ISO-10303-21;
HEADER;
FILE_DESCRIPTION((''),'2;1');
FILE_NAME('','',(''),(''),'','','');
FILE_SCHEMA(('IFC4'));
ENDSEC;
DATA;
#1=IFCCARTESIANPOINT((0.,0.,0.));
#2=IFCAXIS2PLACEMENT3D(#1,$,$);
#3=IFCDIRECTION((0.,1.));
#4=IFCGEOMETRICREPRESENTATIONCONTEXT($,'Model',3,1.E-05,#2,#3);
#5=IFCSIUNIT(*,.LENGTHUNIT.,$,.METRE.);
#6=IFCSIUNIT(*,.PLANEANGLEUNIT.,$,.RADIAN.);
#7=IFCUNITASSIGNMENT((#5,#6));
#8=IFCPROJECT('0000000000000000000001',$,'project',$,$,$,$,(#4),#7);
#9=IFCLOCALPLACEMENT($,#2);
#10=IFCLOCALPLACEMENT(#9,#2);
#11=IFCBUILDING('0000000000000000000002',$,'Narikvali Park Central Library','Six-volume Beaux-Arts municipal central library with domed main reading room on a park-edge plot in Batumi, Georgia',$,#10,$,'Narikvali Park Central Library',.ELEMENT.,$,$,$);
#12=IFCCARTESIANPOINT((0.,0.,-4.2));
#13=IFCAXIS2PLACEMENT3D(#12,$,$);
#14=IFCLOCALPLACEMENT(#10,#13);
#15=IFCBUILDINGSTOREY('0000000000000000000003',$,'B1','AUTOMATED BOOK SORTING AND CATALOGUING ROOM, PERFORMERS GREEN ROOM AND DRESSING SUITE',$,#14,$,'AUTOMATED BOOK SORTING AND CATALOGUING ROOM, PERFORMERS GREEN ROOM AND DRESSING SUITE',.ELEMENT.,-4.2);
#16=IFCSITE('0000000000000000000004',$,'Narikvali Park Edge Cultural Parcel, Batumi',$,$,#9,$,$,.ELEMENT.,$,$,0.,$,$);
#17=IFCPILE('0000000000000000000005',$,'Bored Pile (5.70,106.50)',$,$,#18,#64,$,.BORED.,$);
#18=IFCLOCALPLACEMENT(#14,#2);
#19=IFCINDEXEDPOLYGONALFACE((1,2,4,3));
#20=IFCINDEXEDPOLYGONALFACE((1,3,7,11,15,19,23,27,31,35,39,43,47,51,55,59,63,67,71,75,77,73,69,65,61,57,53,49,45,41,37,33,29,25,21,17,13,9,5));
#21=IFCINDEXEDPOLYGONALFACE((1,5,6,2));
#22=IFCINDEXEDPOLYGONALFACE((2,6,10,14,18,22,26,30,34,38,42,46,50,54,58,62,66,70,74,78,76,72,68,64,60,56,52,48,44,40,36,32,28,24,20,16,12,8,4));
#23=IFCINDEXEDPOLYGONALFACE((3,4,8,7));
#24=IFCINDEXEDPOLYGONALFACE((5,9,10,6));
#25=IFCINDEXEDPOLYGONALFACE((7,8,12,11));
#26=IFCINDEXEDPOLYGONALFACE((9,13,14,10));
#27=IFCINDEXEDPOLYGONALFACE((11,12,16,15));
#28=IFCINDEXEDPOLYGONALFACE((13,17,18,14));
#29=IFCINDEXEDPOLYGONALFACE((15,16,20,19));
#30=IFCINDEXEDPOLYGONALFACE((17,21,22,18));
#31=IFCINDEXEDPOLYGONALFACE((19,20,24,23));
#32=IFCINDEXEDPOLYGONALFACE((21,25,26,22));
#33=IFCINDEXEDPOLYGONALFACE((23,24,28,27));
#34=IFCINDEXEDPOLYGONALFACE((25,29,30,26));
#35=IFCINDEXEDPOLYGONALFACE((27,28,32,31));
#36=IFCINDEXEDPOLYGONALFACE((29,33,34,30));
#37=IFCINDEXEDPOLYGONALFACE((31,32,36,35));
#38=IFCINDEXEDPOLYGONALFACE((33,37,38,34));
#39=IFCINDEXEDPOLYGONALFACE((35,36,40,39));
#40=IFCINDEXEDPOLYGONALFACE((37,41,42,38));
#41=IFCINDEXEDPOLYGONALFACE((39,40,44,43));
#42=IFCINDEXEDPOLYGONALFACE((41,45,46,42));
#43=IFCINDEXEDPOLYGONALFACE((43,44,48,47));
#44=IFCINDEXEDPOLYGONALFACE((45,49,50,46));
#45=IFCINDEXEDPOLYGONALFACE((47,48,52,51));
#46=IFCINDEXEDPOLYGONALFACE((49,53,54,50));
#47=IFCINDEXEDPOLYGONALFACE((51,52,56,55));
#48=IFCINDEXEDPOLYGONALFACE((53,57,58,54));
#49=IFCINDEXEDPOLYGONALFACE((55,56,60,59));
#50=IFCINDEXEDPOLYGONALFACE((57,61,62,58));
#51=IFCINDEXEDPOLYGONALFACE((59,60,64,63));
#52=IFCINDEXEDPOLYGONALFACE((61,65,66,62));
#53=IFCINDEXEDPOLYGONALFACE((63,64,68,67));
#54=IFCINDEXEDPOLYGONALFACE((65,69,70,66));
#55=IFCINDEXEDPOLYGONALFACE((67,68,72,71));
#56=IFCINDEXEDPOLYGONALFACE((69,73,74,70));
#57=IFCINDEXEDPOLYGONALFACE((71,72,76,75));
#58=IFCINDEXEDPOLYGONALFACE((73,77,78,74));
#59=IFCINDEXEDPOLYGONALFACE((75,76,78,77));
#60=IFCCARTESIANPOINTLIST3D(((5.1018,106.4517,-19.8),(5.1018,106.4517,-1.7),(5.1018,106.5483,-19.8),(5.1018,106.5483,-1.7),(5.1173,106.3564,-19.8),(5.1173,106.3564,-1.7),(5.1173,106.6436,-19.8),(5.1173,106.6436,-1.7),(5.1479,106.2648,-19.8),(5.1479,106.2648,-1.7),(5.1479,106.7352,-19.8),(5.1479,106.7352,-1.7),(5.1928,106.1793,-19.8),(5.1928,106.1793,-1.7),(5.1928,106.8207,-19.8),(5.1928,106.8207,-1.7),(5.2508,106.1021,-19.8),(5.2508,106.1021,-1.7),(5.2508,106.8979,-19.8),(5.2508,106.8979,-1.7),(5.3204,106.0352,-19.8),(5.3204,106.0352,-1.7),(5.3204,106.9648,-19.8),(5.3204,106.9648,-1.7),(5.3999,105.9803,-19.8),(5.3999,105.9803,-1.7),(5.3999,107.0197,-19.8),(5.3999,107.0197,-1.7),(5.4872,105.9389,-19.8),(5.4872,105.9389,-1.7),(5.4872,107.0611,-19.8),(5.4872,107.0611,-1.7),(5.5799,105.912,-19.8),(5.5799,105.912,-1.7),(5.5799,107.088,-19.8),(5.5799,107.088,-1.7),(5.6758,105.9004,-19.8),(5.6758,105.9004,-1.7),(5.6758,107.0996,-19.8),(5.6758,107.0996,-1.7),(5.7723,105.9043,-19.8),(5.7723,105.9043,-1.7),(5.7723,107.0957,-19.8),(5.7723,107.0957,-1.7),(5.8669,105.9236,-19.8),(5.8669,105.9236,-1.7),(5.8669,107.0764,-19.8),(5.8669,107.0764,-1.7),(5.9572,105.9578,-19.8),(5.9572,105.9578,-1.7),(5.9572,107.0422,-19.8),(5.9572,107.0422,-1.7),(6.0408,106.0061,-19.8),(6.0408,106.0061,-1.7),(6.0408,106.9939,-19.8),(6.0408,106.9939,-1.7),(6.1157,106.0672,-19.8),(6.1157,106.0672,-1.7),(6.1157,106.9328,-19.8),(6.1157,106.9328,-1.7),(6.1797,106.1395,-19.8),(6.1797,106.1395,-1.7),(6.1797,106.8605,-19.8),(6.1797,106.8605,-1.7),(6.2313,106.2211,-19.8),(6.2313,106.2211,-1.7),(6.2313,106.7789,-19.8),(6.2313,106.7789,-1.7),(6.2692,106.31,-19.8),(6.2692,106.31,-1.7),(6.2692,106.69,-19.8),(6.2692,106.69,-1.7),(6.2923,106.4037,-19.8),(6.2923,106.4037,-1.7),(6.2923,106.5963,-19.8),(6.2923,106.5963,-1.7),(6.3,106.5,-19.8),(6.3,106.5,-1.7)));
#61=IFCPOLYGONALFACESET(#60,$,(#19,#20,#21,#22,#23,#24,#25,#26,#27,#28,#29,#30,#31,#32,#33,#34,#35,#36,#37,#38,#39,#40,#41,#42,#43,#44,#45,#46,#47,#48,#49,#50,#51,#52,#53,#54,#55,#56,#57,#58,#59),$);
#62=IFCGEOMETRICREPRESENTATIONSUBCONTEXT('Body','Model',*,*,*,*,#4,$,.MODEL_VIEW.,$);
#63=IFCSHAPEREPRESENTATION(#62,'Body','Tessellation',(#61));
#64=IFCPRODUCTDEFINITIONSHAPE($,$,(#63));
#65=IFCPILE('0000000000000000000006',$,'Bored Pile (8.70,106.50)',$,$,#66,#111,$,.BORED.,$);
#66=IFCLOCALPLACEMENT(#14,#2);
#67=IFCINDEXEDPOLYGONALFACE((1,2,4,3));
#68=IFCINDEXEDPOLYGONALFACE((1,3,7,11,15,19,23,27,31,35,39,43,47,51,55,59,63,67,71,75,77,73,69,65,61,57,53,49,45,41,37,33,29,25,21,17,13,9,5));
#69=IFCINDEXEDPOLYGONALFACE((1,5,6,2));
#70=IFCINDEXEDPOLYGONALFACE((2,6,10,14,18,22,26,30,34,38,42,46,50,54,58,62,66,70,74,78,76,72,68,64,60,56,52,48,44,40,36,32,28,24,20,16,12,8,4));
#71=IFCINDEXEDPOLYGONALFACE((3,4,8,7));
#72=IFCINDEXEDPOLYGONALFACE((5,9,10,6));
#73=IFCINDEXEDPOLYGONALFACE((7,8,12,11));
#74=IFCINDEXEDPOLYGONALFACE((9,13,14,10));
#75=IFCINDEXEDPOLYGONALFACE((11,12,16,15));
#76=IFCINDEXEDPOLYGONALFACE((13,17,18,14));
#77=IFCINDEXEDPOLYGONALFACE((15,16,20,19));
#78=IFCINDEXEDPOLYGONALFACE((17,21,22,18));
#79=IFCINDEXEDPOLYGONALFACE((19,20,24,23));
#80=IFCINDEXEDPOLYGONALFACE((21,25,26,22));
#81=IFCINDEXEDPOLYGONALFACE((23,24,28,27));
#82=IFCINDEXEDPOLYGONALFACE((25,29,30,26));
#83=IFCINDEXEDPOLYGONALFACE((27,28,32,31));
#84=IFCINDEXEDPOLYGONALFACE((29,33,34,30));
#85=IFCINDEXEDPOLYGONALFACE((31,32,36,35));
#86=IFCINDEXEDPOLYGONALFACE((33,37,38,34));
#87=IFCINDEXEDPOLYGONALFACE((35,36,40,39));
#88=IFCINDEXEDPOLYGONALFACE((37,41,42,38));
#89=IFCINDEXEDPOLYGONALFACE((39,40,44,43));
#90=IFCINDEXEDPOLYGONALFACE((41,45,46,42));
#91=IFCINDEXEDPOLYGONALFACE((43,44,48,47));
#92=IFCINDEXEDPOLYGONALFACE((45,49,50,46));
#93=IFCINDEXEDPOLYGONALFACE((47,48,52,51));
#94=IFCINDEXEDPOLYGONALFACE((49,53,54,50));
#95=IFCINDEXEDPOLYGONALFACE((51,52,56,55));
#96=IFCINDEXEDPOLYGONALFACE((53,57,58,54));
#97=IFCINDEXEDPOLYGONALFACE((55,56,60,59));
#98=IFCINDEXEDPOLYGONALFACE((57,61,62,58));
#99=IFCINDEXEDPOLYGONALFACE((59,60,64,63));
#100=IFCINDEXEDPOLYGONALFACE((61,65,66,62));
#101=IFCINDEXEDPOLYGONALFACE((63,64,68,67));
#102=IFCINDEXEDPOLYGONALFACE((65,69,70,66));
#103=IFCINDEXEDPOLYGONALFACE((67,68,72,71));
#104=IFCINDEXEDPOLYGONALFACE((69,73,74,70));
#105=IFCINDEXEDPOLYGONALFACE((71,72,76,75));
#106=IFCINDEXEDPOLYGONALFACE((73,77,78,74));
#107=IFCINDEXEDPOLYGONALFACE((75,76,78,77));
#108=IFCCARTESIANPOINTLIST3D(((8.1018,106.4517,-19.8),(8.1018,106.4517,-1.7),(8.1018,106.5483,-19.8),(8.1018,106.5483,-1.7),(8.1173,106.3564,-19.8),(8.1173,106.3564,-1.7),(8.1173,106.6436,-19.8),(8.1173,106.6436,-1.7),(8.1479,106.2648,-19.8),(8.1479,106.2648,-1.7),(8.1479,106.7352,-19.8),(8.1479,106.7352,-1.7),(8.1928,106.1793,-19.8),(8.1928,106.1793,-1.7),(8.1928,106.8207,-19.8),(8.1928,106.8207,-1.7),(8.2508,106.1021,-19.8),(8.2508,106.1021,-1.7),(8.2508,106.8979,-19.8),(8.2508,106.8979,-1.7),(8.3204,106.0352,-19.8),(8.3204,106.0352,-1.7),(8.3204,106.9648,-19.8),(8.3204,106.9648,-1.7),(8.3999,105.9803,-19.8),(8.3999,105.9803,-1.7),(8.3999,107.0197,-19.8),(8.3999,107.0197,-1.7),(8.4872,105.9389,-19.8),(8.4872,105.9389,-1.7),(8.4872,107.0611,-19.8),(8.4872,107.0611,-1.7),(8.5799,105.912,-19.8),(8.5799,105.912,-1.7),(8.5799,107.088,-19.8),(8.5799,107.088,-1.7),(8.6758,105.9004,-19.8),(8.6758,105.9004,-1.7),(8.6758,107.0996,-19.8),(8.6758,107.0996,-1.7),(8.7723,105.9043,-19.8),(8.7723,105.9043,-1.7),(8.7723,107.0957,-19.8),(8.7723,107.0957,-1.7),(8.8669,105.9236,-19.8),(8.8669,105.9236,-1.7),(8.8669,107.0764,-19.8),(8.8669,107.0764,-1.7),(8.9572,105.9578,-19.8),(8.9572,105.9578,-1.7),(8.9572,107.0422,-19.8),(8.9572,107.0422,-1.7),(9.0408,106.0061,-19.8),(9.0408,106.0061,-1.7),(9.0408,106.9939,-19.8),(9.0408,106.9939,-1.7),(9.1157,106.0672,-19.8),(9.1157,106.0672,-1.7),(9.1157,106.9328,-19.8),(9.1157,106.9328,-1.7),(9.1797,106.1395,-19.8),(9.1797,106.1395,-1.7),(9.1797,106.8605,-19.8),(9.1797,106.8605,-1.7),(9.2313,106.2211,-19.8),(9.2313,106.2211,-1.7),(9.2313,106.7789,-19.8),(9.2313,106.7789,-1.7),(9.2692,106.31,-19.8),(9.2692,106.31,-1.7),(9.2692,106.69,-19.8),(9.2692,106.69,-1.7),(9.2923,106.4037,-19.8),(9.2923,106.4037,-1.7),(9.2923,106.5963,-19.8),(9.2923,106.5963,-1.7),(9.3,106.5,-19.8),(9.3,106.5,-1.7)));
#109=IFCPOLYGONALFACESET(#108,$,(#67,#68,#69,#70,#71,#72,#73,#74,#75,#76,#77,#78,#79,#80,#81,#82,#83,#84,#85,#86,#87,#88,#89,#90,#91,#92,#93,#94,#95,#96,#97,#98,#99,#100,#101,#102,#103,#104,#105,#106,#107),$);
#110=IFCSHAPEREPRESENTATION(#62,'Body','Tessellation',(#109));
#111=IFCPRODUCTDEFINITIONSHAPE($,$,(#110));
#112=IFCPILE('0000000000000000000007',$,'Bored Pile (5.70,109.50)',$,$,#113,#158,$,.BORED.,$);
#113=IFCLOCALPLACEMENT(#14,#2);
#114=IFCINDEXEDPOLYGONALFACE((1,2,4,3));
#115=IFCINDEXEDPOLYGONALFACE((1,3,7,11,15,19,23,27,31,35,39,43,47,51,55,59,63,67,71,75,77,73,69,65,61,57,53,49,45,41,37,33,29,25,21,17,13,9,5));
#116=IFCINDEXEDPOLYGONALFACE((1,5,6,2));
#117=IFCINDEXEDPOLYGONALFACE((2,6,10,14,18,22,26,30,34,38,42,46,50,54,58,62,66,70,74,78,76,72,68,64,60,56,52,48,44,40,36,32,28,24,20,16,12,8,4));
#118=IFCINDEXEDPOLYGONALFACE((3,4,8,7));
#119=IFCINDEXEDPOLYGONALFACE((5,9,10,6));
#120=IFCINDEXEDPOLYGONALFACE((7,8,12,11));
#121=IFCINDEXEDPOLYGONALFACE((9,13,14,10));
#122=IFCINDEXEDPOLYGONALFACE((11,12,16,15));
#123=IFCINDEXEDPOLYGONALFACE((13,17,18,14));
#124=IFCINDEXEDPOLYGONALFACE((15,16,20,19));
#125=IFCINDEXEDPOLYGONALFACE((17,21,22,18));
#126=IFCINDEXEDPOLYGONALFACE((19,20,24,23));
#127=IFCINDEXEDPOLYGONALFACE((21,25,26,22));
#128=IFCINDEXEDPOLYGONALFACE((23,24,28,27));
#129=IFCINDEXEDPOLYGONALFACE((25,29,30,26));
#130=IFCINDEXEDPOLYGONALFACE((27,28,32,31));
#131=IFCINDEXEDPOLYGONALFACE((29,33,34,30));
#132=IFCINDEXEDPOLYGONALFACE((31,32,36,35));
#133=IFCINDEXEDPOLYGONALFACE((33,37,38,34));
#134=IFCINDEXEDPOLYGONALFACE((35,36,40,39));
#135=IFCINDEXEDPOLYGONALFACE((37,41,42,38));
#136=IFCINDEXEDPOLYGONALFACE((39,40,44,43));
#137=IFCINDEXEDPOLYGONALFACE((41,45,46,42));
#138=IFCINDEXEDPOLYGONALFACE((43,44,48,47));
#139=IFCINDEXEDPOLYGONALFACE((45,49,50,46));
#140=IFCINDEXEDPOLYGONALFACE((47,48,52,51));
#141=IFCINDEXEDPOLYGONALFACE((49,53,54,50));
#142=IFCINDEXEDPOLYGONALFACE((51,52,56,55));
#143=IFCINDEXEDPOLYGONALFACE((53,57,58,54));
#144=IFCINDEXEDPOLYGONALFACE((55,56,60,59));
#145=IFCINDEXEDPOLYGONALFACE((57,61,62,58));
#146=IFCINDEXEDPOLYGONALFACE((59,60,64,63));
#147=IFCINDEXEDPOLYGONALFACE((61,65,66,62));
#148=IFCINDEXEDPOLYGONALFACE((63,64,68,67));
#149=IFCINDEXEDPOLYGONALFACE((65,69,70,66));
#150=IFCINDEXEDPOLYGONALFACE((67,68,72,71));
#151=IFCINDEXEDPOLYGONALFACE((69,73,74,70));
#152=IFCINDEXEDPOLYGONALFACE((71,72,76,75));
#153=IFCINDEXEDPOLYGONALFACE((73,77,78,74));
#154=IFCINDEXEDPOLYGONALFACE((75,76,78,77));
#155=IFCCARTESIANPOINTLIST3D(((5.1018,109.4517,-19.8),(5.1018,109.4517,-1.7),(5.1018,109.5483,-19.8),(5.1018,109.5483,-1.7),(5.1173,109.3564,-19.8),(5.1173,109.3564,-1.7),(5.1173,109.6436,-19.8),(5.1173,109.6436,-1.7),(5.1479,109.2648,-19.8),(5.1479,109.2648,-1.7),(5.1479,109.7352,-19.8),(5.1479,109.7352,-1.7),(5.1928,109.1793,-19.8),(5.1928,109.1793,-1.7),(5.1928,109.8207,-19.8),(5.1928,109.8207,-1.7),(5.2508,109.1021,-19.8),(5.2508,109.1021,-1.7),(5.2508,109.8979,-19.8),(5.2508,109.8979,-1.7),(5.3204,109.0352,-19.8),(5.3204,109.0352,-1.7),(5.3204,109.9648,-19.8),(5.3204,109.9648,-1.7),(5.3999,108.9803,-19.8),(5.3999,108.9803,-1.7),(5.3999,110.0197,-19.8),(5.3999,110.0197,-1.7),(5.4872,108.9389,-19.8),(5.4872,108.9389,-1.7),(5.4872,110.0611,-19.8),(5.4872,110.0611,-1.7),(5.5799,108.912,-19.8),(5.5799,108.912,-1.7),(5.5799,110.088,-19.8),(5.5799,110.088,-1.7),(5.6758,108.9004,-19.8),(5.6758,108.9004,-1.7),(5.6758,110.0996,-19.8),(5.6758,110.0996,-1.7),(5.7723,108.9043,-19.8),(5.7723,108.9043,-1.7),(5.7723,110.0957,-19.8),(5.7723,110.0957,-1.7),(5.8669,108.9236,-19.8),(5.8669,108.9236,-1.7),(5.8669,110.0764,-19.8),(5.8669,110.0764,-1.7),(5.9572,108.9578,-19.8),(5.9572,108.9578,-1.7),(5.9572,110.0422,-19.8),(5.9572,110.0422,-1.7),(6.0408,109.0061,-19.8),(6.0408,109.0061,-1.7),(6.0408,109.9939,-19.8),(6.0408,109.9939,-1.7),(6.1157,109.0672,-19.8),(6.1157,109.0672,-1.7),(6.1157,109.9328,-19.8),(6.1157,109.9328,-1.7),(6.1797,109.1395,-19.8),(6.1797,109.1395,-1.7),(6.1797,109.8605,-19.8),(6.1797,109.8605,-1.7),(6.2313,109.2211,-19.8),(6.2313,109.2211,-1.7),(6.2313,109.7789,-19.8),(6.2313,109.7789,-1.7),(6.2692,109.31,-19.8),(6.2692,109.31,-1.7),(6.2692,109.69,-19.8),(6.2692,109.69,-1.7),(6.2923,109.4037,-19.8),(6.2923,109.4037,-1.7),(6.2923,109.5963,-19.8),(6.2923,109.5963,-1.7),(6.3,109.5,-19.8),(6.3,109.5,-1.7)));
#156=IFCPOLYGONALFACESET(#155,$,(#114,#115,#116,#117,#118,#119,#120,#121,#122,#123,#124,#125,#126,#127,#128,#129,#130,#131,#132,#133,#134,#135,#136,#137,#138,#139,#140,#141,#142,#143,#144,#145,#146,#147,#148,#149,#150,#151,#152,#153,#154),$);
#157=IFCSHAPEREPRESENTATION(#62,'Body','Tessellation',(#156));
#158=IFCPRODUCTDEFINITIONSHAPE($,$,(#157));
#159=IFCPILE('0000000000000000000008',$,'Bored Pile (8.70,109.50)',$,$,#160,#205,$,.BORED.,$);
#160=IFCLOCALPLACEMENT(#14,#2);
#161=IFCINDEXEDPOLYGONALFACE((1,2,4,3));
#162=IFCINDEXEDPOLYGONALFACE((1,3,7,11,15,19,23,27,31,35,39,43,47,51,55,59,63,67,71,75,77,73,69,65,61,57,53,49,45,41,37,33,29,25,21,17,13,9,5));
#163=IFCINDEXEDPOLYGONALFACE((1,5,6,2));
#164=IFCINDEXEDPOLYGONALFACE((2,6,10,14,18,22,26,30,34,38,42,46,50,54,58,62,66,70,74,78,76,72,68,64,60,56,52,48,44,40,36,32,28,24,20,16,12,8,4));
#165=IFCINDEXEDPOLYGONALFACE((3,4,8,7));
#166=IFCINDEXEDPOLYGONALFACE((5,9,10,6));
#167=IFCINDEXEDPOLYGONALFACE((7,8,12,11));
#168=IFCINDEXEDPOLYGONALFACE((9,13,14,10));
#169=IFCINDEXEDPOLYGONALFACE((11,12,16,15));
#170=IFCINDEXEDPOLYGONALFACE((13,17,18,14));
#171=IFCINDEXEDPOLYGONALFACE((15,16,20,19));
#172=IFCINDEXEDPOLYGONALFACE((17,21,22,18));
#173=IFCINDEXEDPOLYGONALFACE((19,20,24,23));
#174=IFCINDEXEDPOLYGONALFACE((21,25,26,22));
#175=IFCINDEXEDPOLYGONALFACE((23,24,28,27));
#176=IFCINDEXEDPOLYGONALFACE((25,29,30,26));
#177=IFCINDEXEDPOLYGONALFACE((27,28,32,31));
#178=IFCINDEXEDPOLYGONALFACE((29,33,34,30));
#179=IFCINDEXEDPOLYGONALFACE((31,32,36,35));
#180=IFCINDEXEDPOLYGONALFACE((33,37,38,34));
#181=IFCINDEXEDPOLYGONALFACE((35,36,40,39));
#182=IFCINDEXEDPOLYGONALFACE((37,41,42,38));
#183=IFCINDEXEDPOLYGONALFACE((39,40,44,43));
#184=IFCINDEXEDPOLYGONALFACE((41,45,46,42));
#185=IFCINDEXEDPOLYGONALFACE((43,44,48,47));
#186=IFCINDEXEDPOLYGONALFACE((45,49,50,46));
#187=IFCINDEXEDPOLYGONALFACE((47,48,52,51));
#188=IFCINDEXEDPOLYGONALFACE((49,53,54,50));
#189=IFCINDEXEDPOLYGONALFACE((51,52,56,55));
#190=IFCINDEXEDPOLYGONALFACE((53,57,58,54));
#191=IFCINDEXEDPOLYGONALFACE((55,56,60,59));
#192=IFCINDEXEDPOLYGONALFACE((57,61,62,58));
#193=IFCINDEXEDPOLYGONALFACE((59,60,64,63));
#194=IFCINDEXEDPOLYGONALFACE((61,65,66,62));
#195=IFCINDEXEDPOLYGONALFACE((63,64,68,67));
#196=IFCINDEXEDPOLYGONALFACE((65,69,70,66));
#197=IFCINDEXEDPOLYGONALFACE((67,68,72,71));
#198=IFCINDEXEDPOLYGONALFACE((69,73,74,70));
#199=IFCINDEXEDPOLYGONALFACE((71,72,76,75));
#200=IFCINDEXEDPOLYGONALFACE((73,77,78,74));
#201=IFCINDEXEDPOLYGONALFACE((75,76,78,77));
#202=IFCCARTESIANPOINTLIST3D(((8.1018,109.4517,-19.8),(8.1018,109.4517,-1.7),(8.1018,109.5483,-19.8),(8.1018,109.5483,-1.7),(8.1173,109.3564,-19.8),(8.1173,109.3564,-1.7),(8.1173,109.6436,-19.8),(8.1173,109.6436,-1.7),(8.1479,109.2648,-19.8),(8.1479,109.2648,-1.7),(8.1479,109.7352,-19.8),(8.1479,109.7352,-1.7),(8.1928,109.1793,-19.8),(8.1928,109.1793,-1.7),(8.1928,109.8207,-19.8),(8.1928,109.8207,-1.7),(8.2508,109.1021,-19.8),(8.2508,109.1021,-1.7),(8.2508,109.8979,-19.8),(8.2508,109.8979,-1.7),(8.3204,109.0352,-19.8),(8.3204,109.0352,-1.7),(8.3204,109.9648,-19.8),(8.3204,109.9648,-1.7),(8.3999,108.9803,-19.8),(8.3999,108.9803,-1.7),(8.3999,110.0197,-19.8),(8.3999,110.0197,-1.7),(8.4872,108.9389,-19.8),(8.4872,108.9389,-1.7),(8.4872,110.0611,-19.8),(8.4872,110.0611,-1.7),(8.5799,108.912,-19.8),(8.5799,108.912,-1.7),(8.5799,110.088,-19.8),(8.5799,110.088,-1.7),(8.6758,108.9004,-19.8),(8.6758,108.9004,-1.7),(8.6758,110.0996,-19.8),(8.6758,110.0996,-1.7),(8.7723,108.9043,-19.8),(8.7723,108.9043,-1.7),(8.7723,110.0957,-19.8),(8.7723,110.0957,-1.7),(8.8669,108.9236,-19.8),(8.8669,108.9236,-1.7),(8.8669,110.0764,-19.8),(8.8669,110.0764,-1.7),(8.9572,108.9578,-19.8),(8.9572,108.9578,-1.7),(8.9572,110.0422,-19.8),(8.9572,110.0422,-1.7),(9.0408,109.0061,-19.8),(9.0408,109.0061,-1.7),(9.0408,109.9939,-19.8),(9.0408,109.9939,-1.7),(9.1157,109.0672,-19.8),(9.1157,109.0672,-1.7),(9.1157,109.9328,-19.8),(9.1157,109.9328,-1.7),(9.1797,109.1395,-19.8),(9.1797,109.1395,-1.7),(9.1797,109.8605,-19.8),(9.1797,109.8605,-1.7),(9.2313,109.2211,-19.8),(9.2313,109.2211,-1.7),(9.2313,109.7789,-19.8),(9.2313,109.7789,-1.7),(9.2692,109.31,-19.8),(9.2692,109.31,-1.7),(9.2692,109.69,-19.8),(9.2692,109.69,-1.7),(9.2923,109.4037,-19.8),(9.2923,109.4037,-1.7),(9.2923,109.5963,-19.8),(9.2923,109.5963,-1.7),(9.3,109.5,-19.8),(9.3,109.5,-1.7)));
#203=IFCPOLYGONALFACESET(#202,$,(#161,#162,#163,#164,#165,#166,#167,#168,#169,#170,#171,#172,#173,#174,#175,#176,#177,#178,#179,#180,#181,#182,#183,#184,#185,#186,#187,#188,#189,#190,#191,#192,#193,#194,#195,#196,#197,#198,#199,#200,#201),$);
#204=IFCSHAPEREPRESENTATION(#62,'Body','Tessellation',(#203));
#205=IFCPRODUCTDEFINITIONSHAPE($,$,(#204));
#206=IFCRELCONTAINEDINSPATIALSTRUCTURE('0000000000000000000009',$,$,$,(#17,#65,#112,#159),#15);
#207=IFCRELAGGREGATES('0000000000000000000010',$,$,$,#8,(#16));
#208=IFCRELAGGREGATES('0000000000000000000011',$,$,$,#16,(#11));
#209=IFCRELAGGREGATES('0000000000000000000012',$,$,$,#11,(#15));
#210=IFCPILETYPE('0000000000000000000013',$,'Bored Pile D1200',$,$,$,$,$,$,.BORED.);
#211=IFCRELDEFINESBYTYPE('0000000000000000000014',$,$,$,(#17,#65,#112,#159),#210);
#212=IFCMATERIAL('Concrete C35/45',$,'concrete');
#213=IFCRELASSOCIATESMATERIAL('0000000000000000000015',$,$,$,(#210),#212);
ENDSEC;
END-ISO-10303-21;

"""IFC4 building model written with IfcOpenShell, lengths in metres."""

from ifc_helpers import new_model, si_unit, direction, frame, origin, origin_2d, place, context, subcontext, project, spatial, circle, extrude, material, material_profile, profile_set, type_object, element, save


model = new_model("IFC4")

# Units and contexts
model_context = context("Model", 3, precision=1e-05, world=origin(), true_north=direction((0.0, 1.0)))
body_context = subcontext(model_context, "Body", "Model", "MODEL_VIEW")
ifc_project = project(units=[si_unit("LENGTHUNIT", "METRE"), si_unit("PLANEANGLEUNIT", "RADIAN")], contexts=[model_context])

# Site, building, storey
site_placement = place(None, origin())
site = spatial("IfcSite", under=ifc_project, at=site_placement, Name="Narikvali Park Edge Cultural Parcel, Batumi", CompositionType="ELEMENT", RefElevation=0.0)
building_placement = place(site_placement, origin())
building = spatial("IfcBuilding", under=site, at=building_placement, Name="Narikvali Park Central Library", Description="Six-volume Beaux-Arts municipal central library with domed main reading room on a park-edge plot in Batumi, Georgia", LongName="Narikvali Park Central Library", CompositionType="ELEMENT")
storey_placement = place(building_placement, frame((0.0, 0.0, -4.2)))
storey = spatial("IfcBuildingStorey", under=building, at=storey_placement, Name="B1", Description="AUTOMATED BOOK SORTING AND CATALOGUING ROOM, PERFORMERS GREEN ROOM AND DRESSING SUITE", LongName="AUTOMATED BOOK SORTING AND CATALOGUING ROOM, PERFORMERS GREEN ROOM AND DRESSING SUITE", CompositionType="ELEMENT", Elevation=-4.2)

# Piles
ifc_material_1 = material(Name="Concrete C35/45", Category="concrete")
ifc_material_profile_1 = material_profile(ifc_material_1, circle(Radius=0.6001, at=origin_2d()), Name="PILE D1200")
ifc_profile_set_1 = profile_set([ifc_material_profile_1], Name="Concrete C35/45")
pile_type = type_object("IfcPileType", Name="Bored Pile D1200", PredefinedType="BORED", material=ifc_profile_set_1)
for number, where, z_axis, x_axis, name in (
    (1, (5.7, 106.5, -1.7), (0.0, 0.0, -1.0), (1.0, 0.0, 0.0), "Bored Pile (5.70,106.50)"),
    (2, (8.7, 106.5, -1.7), (0.0, 0.0, -1.0), (1.0, 0.0, 0.0), "Bored Pile (8.70,106.50)"),
    (3, (5.7, 109.5, -1.7), (0.0, 0.0, -1.0), (1.0, 0.0, 0.0), "Bored Pile (5.70,109.50)"),
    (4, (8.7, 109.5, -1.7), (0.0, 0.0, -1.0), (1.0, 0.0, 0.0), "Bored Pile (8.70,109.50)"),
):
    element("IfcPile", number, at=place(storey_placement, frame(where, z_axis=z_axis, x_axis=x_axis)), inside=storey, type_object=pile_type, Name=name, PredefinedType="BORED", context=body_context, shape_type="SweptSolid", body=[
        extrude(circle(Radius=0.6001, at=origin_2d()), origin(), (0.0, 0.0, 1.0), 18.1001),
    ])

save(model, "model.ifc")
